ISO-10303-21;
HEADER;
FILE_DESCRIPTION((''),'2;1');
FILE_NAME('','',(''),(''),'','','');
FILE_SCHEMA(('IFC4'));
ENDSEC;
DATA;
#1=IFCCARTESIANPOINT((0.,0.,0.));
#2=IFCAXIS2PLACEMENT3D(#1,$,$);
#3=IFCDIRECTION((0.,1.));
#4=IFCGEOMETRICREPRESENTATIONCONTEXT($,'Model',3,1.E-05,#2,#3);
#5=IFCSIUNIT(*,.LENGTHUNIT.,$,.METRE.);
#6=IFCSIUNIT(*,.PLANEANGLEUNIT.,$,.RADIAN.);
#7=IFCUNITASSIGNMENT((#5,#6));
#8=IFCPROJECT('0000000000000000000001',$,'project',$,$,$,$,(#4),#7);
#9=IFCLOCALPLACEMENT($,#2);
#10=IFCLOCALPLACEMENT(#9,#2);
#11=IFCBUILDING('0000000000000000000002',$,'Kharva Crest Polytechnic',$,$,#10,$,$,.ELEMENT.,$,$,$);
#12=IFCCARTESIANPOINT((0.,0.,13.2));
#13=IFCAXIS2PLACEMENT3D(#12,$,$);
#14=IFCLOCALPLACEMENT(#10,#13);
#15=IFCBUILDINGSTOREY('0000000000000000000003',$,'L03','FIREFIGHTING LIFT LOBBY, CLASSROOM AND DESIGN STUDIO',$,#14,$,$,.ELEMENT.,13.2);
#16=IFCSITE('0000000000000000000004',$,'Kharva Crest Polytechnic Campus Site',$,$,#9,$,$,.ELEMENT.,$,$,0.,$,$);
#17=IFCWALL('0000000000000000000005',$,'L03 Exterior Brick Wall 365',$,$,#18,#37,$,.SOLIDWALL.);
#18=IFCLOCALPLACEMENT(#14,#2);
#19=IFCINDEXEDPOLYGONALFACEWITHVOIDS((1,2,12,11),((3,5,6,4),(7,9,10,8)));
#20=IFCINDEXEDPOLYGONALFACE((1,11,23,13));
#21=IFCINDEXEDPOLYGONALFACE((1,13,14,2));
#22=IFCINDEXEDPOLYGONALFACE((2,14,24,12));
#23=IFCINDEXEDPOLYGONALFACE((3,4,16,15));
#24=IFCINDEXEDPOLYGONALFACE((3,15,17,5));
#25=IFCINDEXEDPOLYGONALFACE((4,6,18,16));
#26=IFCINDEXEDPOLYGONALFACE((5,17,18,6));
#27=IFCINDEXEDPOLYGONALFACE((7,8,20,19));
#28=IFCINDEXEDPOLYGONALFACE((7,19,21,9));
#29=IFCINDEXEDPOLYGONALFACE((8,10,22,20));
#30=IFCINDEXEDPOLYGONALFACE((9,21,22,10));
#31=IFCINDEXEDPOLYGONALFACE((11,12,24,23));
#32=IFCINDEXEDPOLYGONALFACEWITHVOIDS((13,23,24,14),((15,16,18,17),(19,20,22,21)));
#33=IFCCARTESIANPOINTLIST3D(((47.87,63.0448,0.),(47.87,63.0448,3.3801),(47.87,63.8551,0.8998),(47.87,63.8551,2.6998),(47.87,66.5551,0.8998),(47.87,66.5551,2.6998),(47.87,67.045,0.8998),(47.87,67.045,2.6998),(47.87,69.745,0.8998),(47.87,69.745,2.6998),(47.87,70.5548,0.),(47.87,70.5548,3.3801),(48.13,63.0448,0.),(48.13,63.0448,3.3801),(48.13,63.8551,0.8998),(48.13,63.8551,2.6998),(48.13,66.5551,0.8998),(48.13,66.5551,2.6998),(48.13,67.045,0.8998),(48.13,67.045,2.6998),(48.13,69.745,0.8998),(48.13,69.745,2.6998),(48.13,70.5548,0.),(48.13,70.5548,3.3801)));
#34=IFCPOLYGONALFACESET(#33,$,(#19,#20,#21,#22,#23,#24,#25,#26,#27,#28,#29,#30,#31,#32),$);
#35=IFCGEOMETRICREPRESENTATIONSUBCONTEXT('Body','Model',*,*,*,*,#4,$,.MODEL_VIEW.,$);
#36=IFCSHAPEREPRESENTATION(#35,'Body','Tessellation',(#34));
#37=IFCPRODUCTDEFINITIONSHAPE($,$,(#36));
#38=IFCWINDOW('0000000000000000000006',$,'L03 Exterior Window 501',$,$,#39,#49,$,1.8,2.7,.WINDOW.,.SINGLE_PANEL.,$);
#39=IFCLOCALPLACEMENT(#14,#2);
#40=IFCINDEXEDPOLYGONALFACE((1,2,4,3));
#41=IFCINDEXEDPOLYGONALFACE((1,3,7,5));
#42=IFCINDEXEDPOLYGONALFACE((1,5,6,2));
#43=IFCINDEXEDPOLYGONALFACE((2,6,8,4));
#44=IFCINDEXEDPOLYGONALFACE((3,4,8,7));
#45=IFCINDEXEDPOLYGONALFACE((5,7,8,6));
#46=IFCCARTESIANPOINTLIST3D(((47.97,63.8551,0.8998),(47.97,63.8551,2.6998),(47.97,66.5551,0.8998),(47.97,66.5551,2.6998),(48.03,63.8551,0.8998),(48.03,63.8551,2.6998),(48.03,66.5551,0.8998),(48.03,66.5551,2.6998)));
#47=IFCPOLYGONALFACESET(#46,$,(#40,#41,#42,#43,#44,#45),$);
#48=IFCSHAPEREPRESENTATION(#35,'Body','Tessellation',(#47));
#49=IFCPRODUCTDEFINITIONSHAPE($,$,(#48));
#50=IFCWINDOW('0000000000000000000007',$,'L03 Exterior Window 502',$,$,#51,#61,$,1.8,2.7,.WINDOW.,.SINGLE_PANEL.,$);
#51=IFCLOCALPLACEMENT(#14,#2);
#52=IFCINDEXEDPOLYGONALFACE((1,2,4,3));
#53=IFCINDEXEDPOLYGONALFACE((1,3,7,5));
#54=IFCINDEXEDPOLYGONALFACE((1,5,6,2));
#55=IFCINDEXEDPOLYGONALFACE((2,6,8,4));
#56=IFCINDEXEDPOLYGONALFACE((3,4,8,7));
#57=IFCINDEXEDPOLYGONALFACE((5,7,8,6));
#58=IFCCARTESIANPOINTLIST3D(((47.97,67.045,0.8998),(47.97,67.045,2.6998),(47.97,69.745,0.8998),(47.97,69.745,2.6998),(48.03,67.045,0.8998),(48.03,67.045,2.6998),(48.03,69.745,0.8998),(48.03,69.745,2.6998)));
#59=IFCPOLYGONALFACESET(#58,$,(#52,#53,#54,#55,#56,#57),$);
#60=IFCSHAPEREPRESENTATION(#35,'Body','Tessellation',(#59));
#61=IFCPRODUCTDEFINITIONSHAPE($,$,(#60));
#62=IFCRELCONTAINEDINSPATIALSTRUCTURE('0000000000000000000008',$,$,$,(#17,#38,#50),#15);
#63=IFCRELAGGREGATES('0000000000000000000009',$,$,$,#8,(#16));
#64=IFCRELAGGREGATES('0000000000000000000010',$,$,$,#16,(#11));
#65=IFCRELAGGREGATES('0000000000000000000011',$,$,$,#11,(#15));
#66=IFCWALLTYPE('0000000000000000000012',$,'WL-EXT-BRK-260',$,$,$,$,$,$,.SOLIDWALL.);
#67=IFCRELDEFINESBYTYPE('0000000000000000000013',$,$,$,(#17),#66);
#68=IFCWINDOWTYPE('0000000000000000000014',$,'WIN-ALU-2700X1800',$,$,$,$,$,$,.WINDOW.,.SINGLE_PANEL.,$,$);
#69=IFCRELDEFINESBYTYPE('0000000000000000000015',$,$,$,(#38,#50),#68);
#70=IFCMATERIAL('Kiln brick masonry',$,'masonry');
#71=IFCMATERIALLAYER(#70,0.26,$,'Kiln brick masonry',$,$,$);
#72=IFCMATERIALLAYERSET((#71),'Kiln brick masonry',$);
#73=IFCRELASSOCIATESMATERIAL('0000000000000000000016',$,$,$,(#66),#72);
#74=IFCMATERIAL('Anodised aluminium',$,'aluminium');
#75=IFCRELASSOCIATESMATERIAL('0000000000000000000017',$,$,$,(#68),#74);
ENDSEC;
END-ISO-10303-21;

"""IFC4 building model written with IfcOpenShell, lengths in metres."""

from ifc_helpers import new_model, si_unit, direction, frame, frame_2d, origin, place, context, subcontext, project, spatial, rectangle, extrude, material, layer, layer_set, type_object, element, fill, save


model = new_model("IFC4")

# Units and contexts
model_context = context("Model", 3, precision=1e-05, world=origin(), true_north=direction((0.0, 1.0)))
body_context = subcontext(model_context, "Body", "Model", "MODEL_VIEW")
ifc_project = project(units=[si_unit("LENGTHUNIT", "METRE"), si_unit("PLANEANGLEUNIT", "RADIAN")], contexts=[model_context])

# Site, building, storey
site_placement = place(None, origin())
site = spatial("IfcSite", under=ifc_project, at=site_placement, Name="Kharva Crest Polytechnic Campus Site", CompositionType="ELEMENT", RefElevation=0.0)
building_placement = place(site_placement, origin())
building = spatial("IfcBuilding", under=site, at=building_placement, Name="Kharva Crest Polytechnic", CompositionType="ELEMENT")
storey_placement = place(building_placement, frame((0.0, 0.0, 13.2)))
storey = spatial("IfcBuildingStorey", under=building, at=storey_placement, Name="L03", Description="FIREFIGHTING LIFT LOBBY, CLASSROOM AND DESIGN STUDIO", CompositionType="ELEMENT", Elevation=13.2)

# Wall, openings, windows
ifc_material_1 = material(Name="Kiln brick masonry", Category="masonry")
ifc_layer_1 = layer(ifc_material_1, 0.26, Name="Kiln brick masonry")
ifc_layer_set_1 = layer_set([ifc_layer_1], Name="Kiln brick masonry")
wall_type = type_object("IfcWallType", Name="WL-EXT-BRK-260", PredefinedType="SOLIDWALL", material=ifc_layer_set_1)
wall_placement = place(storey_placement, frame((48.0, 63.0449, 0.0), z_axis=(0.0, 0.0, 1.0), x_axis=(0.0, 1.0, 0.0)))
wall = element("IfcWall", 1, at=wall_placement, inside=storey, type_object=wall_type, Name="L03 Exterior Brick Wall 365", PredefinedType="SOLIDWALL", context=body_context, shape_type="SweptSolid", body=[
    extrude(rectangle(XDim=7.51, YDim=0.26, at=frame_2d((3.7549, 0.0))), origin(), (0.0, 0.0, 1.0), 3.3801),
])
opening_1_placement = place(wall_placement, frame((0.8101, 0.0, 0.8999)))
opening_1 = element("IfcOpeningElement", 2, at=opening_1_placement, cuts=wall, PredefinedType="OPENING", context=body_context, shape_type="SweptSolid", body=[
    extrude(rectangle(XDim=2.7, YDim=1.8, at=frame_2d((1.3501, 0.8999))), frame((0.0, 0.1399, 0.0), z_axis=(0.0, -1.0, 0.0), x_axis=(1.0, 0.0, 0.0)), (0.0, 0.0, 1.0), 0.28),
])
opening_2_placement = place(wall_placement, frame((4.0, 0.0, 0.8999)))
opening_2 = element("IfcOpeningElement", 3, at=opening_2_placement, cuts=wall, PredefinedType="OPENING", context=body_context, shape_type="SweptSolid", body=[
    extrude(rectangle(XDim=2.7, YDim=1.8, at=frame_2d((1.3501, 0.8999))), frame((0.0, 0.1399, 0.0), z_axis=(0.0, -1.0, 0.0), x_axis=(1.0, 0.0, 0.0)), (0.0, 0.0, 1.0), 0.28),
])
ifc_material_2 = material(Name="Anodised aluminium", Category="aluminium")
window_type = type_object("IfcWindowType", Name="WIN-ALU-2700X1800", PartitioningType="SINGLE_PANEL", PredefinedType="WINDOW", material=ifc_material_2)
window_1_placement = place(opening_1_placement, origin())
window_1 = element("IfcWindow", 4, at=window_1_placement, inside=storey, type_object=window_type, Name="L03 Exterior Window 501", OverallHeight=1.8, OverallWidth=2.7, PartitioningType="SINGLE_PANEL", PredefinedType="WINDOW", context=body_context, shape_type="SweptSolid", body=[
    extrude(rectangle(XDim=2.7, YDim=1.8, at=frame_2d((1.3501, 0.8999))), frame((0.0, 0.03, 0.0), z_axis=(0.0, -1.0, 0.0), x_axis=(1.0, 0.0, 0.0)), (0.0, 0.0, 1.0), 0.0601),
])
fill(opening_1, window_1)
window_2_placement = place(opening_2_placement, origin())
window_2 = element("IfcWindow", 5, at=window_2_placement, inside=storey, type_object=window_type, Name="L03 Exterior Window 502", OverallHeight=1.8, OverallWidth=2.7, PartitioningType="SINGLE_PANEL", PredefinedType="WINDOW", context=body_context, shape_type="SweptSolid", body=[
    extrude(rectangle(XDim=2.7, YDim=1.8, at=frame_2d((1.3501, 0.8999))), frame((0.0, 0.03, 0.0), z_axis=(0.0, -1.0, 0.0), x_axis=(1.0, 0.0, 0.0)), (0.0, 0.0, 1.0), 0.0601),
])
fill(opening_2, window_2)

save(model, "model.ifc")
